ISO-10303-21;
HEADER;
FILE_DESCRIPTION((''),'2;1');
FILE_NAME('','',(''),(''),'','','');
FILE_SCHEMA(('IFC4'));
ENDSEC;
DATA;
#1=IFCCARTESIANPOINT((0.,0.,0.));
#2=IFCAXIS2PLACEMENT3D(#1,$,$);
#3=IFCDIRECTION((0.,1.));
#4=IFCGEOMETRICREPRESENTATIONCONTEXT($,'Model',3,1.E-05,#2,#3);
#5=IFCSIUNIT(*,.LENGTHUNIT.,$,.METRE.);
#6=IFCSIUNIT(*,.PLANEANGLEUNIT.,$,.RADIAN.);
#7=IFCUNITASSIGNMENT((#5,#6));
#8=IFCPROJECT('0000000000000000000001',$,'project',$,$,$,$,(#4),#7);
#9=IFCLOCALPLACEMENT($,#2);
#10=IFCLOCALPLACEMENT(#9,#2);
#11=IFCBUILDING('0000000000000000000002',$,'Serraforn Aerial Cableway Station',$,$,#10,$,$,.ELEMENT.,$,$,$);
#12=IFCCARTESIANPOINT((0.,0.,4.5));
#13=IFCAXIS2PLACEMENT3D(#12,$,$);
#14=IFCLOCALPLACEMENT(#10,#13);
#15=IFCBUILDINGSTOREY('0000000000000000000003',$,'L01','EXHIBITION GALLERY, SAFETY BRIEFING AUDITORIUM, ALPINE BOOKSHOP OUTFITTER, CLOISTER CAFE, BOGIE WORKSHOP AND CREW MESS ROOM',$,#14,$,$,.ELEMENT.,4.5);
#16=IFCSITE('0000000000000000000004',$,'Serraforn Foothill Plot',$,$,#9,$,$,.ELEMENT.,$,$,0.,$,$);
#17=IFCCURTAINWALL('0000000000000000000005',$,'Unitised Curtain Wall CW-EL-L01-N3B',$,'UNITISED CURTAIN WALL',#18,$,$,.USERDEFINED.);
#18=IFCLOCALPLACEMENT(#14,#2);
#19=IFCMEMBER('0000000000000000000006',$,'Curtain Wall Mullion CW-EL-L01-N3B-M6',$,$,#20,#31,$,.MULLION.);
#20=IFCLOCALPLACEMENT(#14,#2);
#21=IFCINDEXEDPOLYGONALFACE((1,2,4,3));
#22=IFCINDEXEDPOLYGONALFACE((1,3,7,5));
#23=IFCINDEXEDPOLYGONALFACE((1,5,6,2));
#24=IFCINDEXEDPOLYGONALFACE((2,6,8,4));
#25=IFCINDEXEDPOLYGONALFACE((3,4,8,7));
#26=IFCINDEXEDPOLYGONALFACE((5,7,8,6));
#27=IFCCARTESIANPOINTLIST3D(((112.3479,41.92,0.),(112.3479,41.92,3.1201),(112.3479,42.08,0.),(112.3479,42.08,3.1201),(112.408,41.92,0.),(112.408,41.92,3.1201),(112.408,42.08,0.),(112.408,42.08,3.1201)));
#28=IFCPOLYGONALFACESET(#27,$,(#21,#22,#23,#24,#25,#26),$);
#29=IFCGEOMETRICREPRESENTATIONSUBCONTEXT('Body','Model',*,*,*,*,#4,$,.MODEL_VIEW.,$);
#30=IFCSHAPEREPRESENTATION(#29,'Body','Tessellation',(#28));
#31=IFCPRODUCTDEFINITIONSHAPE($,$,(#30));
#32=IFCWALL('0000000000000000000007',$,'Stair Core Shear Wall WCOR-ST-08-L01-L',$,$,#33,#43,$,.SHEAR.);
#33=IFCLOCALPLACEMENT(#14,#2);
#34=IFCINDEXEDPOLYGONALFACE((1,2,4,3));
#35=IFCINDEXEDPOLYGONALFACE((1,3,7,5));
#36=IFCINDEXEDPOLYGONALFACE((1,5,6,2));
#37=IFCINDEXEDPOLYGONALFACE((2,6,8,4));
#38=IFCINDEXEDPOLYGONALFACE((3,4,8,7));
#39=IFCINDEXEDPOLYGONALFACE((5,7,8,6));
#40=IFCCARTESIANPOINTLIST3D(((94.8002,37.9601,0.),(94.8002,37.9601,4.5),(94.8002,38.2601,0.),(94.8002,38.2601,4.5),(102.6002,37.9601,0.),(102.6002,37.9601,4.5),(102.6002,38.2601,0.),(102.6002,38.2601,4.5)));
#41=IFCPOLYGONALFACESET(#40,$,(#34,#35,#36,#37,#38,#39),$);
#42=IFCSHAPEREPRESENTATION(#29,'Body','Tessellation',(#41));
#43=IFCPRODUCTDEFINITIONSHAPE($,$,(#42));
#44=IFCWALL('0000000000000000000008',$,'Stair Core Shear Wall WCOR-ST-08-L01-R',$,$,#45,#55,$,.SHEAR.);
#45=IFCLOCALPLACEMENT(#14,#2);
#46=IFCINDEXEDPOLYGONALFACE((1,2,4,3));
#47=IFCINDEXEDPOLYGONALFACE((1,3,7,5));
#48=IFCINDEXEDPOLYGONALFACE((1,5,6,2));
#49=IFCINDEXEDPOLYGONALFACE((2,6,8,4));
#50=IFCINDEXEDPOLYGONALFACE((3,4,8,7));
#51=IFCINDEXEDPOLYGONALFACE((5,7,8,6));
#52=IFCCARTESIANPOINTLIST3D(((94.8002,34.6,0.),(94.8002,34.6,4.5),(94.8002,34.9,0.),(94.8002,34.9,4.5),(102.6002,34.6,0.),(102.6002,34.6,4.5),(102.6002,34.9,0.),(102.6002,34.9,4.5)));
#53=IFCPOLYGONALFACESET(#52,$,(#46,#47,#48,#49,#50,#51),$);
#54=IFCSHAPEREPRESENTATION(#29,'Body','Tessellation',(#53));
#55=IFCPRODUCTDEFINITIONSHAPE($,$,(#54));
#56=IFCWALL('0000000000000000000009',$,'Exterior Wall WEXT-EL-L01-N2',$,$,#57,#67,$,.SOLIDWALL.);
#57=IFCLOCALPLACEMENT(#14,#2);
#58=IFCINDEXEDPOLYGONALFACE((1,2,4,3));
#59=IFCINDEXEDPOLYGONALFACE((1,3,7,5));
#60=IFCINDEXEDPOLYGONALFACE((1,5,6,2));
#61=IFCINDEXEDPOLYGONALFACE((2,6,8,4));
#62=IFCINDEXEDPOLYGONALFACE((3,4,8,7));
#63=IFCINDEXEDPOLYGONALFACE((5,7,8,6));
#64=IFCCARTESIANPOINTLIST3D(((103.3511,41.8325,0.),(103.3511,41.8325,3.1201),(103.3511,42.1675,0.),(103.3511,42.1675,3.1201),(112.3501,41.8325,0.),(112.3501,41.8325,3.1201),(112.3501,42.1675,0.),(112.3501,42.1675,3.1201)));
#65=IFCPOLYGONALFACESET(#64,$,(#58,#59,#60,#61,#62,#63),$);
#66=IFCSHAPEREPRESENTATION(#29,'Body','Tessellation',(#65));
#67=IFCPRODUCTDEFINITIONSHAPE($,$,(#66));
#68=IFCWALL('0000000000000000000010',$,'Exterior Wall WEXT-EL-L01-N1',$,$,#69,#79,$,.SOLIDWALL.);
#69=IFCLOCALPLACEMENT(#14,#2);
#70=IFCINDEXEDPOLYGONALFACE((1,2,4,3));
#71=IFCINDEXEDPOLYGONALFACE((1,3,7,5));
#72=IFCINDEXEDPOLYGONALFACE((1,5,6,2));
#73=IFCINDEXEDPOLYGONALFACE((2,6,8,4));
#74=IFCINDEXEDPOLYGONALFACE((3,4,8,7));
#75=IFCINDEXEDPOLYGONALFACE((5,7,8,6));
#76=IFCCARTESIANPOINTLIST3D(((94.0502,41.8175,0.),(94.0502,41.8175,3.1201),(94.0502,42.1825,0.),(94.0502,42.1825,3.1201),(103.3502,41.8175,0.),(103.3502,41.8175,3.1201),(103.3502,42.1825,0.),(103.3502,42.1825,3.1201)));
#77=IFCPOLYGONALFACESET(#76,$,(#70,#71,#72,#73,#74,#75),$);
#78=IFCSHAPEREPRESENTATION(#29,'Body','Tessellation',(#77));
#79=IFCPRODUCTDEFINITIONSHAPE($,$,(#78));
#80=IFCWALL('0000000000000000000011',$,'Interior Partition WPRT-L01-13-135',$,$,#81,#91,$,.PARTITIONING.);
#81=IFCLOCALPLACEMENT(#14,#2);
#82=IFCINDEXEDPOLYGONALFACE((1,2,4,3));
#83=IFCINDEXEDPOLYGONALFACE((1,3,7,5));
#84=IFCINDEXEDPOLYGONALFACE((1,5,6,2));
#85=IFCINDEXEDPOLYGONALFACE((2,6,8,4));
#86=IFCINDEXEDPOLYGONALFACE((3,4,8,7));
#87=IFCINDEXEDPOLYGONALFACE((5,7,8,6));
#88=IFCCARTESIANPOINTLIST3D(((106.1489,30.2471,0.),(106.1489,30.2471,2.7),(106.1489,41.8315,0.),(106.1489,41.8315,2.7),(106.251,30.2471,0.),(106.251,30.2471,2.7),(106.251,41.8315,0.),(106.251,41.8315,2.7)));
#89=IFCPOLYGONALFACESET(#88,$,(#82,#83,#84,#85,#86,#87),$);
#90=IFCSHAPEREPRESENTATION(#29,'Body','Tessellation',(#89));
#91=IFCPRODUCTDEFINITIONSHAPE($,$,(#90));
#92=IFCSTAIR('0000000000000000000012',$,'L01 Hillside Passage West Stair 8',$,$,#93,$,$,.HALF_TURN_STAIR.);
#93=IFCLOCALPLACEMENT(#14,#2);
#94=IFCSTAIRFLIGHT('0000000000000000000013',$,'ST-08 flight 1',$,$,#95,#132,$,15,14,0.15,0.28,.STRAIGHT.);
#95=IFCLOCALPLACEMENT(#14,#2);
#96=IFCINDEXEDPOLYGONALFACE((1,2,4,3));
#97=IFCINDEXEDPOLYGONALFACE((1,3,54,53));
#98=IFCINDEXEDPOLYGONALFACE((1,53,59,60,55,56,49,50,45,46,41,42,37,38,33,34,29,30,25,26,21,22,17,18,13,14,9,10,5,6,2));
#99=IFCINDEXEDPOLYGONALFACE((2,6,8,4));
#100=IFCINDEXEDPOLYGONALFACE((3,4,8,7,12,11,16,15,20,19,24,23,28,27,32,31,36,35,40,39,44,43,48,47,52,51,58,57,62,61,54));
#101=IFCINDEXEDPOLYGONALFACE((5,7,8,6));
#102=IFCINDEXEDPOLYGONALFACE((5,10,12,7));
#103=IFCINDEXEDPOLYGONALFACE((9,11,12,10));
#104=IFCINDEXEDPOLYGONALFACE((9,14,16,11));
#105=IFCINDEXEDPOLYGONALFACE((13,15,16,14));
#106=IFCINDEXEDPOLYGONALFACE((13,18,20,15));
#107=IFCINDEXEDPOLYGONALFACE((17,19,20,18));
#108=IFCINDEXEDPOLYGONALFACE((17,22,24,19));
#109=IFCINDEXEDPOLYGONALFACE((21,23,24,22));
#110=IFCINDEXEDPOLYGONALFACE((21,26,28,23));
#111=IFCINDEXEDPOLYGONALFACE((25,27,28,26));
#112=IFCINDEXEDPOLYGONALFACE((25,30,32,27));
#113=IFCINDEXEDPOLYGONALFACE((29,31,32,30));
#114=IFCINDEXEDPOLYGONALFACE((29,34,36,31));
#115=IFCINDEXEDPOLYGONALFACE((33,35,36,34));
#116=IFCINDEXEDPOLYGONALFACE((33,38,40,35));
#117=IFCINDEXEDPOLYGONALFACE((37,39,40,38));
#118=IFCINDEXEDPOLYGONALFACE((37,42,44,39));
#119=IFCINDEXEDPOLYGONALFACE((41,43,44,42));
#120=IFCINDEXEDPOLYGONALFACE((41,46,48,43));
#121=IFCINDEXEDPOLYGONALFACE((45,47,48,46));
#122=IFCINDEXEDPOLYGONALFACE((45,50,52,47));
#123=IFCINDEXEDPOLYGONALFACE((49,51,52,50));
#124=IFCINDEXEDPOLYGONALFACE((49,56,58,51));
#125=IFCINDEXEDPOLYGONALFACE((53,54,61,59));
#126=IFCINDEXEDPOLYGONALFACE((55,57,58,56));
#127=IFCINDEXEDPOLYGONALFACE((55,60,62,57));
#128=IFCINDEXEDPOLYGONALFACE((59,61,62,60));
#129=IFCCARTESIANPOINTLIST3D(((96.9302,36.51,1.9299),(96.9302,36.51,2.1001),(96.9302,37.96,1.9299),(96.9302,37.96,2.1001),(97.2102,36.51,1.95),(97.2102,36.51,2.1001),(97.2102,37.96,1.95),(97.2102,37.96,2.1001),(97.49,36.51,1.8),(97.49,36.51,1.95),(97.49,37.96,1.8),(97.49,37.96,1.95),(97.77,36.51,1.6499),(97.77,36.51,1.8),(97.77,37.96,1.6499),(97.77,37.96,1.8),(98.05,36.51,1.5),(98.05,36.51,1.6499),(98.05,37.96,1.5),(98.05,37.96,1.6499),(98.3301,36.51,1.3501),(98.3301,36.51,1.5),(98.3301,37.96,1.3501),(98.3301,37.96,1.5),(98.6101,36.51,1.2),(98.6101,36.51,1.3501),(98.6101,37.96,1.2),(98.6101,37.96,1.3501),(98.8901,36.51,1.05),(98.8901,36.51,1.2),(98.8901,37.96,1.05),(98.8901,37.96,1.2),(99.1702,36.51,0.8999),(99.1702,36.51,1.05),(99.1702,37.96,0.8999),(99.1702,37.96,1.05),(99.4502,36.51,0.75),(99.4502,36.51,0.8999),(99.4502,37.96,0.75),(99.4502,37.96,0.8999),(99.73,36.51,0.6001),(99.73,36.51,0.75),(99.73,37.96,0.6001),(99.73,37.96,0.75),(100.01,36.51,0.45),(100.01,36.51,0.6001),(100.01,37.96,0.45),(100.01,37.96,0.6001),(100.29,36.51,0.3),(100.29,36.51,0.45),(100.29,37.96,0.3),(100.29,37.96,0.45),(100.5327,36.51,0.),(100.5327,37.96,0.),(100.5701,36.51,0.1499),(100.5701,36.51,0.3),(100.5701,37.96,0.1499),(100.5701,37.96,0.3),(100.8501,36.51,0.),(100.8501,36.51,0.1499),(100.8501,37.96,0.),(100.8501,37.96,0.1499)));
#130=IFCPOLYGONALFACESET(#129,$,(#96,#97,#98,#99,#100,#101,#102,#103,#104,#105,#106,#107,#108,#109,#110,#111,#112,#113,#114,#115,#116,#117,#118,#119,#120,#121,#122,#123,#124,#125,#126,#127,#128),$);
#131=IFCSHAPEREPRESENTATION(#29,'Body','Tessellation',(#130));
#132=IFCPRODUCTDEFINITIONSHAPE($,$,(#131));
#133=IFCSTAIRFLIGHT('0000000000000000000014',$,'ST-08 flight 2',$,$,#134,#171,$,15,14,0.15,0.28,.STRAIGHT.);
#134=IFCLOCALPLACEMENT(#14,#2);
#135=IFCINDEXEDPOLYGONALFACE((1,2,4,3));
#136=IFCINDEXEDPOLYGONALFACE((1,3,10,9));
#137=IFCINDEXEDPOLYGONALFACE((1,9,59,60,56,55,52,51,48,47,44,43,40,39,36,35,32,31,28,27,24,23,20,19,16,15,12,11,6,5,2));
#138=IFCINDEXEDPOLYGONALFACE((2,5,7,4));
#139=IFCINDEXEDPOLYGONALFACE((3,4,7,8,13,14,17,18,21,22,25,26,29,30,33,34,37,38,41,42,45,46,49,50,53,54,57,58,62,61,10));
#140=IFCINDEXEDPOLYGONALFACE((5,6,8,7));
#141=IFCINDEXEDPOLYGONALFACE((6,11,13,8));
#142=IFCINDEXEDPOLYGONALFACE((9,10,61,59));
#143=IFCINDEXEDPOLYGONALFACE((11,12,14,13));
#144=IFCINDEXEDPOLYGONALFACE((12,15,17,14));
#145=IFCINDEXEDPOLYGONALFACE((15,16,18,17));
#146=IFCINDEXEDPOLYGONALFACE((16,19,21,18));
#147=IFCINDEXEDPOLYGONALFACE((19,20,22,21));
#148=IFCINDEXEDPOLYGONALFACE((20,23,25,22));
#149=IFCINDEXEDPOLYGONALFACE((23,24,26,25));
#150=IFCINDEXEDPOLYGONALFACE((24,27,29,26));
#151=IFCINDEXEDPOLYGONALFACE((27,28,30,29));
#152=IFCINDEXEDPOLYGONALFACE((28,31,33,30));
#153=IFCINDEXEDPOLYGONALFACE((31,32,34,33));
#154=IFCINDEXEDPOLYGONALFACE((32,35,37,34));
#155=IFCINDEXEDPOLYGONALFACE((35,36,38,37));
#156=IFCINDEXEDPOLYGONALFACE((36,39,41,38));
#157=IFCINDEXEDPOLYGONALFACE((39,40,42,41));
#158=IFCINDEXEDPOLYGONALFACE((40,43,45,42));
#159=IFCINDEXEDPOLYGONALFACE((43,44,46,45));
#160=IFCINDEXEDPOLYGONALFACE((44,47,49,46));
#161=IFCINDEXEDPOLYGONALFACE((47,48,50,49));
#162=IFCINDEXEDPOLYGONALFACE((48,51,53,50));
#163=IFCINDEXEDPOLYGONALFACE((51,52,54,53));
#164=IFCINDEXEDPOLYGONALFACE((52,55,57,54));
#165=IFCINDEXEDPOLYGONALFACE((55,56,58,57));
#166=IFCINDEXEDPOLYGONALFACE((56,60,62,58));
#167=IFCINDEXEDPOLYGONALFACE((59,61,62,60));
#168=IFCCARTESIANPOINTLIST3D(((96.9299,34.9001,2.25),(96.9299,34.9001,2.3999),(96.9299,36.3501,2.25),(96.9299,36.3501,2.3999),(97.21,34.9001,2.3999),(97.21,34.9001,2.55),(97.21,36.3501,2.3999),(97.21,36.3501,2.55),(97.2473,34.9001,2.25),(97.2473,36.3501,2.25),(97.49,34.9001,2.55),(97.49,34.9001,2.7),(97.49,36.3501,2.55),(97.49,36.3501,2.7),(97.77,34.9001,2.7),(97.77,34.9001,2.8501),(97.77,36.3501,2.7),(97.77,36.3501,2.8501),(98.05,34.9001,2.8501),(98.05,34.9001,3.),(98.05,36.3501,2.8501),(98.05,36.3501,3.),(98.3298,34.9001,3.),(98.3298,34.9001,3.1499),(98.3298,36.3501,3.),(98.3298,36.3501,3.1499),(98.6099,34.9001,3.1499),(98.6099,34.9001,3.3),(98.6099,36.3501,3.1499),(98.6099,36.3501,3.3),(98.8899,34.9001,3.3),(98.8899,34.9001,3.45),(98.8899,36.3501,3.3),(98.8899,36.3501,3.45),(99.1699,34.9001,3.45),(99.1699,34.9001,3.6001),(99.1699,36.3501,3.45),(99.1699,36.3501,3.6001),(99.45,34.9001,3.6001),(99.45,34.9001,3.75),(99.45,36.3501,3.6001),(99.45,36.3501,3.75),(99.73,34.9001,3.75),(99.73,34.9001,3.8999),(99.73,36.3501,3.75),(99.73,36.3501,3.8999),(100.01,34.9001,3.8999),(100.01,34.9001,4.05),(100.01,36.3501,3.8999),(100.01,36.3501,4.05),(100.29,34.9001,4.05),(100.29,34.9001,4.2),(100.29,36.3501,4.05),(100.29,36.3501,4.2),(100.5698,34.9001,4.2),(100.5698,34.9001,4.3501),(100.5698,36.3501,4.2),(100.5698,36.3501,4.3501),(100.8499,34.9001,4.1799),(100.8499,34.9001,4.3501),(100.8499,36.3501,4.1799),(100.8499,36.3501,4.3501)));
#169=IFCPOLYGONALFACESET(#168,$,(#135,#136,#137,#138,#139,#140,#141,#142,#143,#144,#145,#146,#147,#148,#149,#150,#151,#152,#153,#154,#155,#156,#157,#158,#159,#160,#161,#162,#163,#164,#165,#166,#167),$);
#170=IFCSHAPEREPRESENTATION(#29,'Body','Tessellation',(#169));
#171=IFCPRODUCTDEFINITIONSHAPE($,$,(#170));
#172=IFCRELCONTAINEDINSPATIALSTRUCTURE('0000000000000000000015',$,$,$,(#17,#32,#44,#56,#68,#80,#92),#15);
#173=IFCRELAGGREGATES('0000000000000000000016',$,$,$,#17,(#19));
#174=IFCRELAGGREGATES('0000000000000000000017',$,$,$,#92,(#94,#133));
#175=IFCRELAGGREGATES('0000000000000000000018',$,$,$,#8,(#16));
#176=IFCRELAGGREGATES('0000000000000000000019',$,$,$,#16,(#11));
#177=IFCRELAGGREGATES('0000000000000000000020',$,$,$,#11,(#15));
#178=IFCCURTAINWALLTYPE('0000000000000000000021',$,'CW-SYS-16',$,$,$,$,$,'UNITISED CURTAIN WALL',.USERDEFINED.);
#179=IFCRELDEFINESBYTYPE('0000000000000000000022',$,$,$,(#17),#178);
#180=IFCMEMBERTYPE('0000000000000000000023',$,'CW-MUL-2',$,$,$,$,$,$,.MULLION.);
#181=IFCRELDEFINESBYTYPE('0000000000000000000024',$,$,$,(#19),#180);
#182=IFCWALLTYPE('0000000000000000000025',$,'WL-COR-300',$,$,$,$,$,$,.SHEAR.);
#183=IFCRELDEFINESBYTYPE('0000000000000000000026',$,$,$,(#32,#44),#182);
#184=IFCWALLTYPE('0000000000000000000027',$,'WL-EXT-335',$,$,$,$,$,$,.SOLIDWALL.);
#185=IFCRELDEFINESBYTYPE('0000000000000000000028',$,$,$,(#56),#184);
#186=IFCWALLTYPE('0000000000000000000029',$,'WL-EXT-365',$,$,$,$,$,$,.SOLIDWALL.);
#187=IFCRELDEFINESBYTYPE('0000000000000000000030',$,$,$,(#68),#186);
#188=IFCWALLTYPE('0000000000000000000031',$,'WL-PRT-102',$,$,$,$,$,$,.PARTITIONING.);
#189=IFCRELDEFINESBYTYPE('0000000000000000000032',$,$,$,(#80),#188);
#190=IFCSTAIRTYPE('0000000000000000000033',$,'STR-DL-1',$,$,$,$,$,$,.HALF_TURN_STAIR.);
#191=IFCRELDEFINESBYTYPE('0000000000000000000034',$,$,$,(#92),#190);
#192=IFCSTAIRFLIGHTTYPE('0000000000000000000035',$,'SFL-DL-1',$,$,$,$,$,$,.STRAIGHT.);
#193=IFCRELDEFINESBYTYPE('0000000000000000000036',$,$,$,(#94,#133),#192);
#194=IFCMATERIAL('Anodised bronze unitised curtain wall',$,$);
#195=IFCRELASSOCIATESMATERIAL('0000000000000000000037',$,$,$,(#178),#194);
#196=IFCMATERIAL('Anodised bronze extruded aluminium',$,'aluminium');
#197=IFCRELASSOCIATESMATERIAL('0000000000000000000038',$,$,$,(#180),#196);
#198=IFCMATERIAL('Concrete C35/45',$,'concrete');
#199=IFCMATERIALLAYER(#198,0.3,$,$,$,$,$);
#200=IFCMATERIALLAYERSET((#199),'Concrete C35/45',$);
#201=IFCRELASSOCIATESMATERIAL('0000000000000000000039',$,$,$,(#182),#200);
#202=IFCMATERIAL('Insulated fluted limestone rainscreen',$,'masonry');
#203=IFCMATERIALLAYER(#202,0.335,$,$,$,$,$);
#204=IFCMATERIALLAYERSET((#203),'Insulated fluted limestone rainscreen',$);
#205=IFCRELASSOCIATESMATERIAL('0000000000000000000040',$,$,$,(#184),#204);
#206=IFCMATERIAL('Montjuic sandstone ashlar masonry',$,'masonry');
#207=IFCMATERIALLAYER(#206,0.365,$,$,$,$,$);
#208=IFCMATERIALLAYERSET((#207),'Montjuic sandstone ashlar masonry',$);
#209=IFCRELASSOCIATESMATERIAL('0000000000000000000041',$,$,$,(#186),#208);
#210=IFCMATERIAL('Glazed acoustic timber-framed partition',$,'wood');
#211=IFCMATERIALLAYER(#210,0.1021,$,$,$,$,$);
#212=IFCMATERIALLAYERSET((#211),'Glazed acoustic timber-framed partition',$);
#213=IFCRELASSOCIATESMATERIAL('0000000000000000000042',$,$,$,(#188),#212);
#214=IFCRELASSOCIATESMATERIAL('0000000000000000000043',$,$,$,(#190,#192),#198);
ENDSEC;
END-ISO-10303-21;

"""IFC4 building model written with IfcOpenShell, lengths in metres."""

from ifc_helpers import new_model, si_unit, direction, frame, frame_2d, origin, origin_2d, place, context, subcontext, project, spatial, polyline, rectangle, outline, extrude, material, layer, layer_set, material_profile, profile_set, type_object, element, aggregate, save


model = new_model("IFC4")

# Units and contexts
model_context = context("Model", 3, precision=1e-05, world=origin(), true_north=direction((0.0, 1.0)))
body_context = subcontext(model_context, "Body", "Model", "MODEL_VIEW")
ifc_project = project(units=[si_unit("LENGTHUNIT", "METRE"), si_unit("PLANEANGLEUNIT", "RADIAN")], contexts=[model_context])

# Site, building, storey
site_placement = place(None, origin())
site = spatial("IfcSite", under=ifc_project, at=site_placement, Name="Serraforn Foothill Plot", CompositionType="ELEMENT", RefElevation=0.0)
building_placement = place(site_placement, origin())
building = spatial("IfcBuilding", under=site, at=building_placement, Name="Serraforn Aerial Cableway Station", CompositionType="ELEMENT")
storey_placement = place(building_placement, frame((0.0, 0.0, 4.5)))
storey = spatial("IfcBuildingStorey", under=building, at=storey_placement, Name="L01", Description="EXHIBITION GALLERY, SAFETY BRIEFING AUDITORIUM, ALPINE BOOKSHOP OUTFITTER, CLOISTER CAFE, BOGIE WORKSHOP AND CREW MESS ROOM", CompositionType="ELEMENT", Elevation=4.5)

# Shared definitions
ifc_material_1 = material(Name="Concrete C35/45", Category="concrete")

# Curtain wall, member
ifc_material_2 = material(Name="Anodised bronze unitised curtain wall")
curtain_wall_type = type_object("IfcCurtainWallType", Name="CW-SYS-16", ElementType="UNITISED CURTAIN WALL", PredefinedType="USERDEFINED", material=ifc_material_2)
curtain_wall_placement = place(storey_placement, origin())
curtain_wall = element("IfcCurtainWall", 1, at=curtain_wall_placement, inside=storey, type_object=curtain_wall_type, Name="Unitised Curtain Wall CW-EL-L01-N3B", ObjectType="UNITISED CURTAIN WALL", PredefinedType="USERDEFINED")
ifc_material_3 = material(Name="Anodised bronze extruded aluminium", Category="aluminium")
ifc_material_profile_1 = material_profile(ifc_material_3, rectangle(XDim=0.0601, YDim=0.1599, at=origin_2d()), Name="CW MULLION 60x160")
ifc_profile_set_1 = profile_set([ifc_material_profile_1], Name="Anodised bronze extruded aluminium")
member_type = type_object("IfcMemberType", Name="CW-MUL-2", PredefinedType="MULLION", material=ifc_profile_set_1)
member_placement = place(storey_placement, frame((112.3779, 42.0, 0.0), z_axis=(0.0, 0.0, 1.0), x_axis=(-1.0, 0.0, 0.0)))
member = element("IfcMember", 2, at=member_placement, type_object=member_type, Name="Curtain Wall Mullion CW-EL-L01-N3B-M6", PredefinedType="MULLION", context=body_context, shape_type="SweptSolid", body=[
    extrude(rectangle(XDim=0.0601, YDim=0.1599, at=origin_2d()), origin(), (0.0, 0.0, 1.0), 3.1201),
])
aggregate(curtain_wall, [member])

# Shared definitions
ifc_layer_1 = layer(ifc_material_1, 0.3)
ifc_layer_set_1 = layer_set([ifc_layer_1], Name="Concrete C35/45")
wall_type_1 = type_object("IfcWallType", Name="WL-COR-300", PredefinedType="SHEAR", material=ifc_layer_set_1)

# Walls
for number, where, z_axis, x_axis, name in (
    (3, (102.6001, 38.1101, 0.0), (0.0, 0.0, 1.0), (-1.0, 0.0, 0.0), "Stair Core Shear Wall WCOR-ST-08-L01-L"),
    (4, (102.6001, 34.75, 0.0), (0.0, 0.0, 1.0), (-1.0, 0.0, 0.0), "Stair Core Shear Wall WCOR-ST-08-L01-R"),
):
    element("IfcWall", number, at=place(storey_placement, frame(where, z_axis=z_axis, x_axis=x_axis)), inside=storey, type_object=wall_type_1, Name=name, PredefinedType="SHEAR", context=body_context, shape_type="SweptSolid", body=[
        extrude(rectangle(XDim=7.8, YDim=0.3, at=frame_2d((3.8999, 0.0))), origin(), (0.0, 0.0, 1.0), 4.5),
    ])
ifc_material_4 = material(Name="Insulated fluted limestone rainscreen", Category="masonry")
ifc_layer_2 = layer(ifc_material_4, 0.335)
ifc_layer_set_2 = layer_set([ifc_layer_2], Name="Insulated fluted limestone rainscreen")
wall_type_2 = type_object("IfcWallType", Name="WL-EXT-335", PredefinedType="SOLIDWALL", material=ifc_layer_set_2)
wall_1_placement = place(storey_placement, frame((112.3501, 42.0, 0.0), z_axis=(0.0, 0.0, 1.0), x_axis=(-1.0, 0.0, 0.0)))
element("IfcWall", 5, at=wall_1_placement, inside=storey, type_object=wall_type_2, Name="Exterior Wall WEXT-EL-L01-N2", PredefinedType="SOLIDWALL", context=body_context, shape_type="SweptSolid", body=[
    extrude(rectangle(XDim=8.999, YDim=0.335, at=frame_2d((4.4995, 0.0))), origin(), (0.0, 0.0, 1.0), 3.1201),
])
ifc_material_5 = material(Name="Montjuic sandstone ashlar masonry", Category="masonry")
ifc_layer_3 = layer(ifc_material_5, 0.365)
ifc_layer_set_3 = layer_set([ifc_layer_3], Name="Montjuic sandstone ashlar masonry")
wall_type_3 = type_object("IfcWallType", Name="WL-EXT-365", PredefinedType="SOLIDWALL", material=ifc_layer_set_3)
wall_2_placement = place(storey_placement, frame((103.3501, 42.0, 0.0), z_axis=(0.0, 0.0, 1.0), x_axis=(-1.0, 0.0, 0.0)))
element("IfcWall", 6, at=wall_2_placement, inside=storey, type_object=wall_type_3, Name="Exterior Wall WEXT-EL-L01-N1", PredefinedType="SOLIDWALL", context=body_context, shape_type="SweptSolid", body=[
    extrude(rectangle(XDim=9.3, YDim=0.365, at=frame_2d((4.6499, 0.0))), origin(), (0.0, 0.0, 1.0), 3.1201),
])
ifc_material_6 = material(Name="Glazed acoustic timber-framed partition", Category="wood")
ifc_layer_4 = layer(ifc_material_6, 0.1021)
ifc_layer_set_4 = layer_set([ifc_layer_4], Name="Glazed acoustic timber-framed partition")
wall_type_4 = type_object("IfcWallType", Name="WL-PRT-102", PredefinedType="PARTITIONING", material=ifc_layer_set_4)
wall_3_placement = place(storey_placement, frame((106.2, 30.2471, 0.0), z_axis=(0.0, 0.0, 1.0), x_axis=(0.0, 1.0, 0.0)))
element("IfcWall", 7, at=wall_3_placement, inside=storey, type_object=wall_type_4, Name="Interior Partition WPRT-L01-13-135", PredefinedType="PARTITIONING", context=body_context, shape_type="SweptSolid", body=[
    extrude(rectangle(XDim=11.5845, YDim=0.1021, at=frame_2d((5.7922, 0.0))), origin(), (0.0, 0.0, 1.0), 2.7),
])

# Stair, stair flights
stair_type = type_object("IfcStairType", Name="STR-DL-1", PredefinedType="HALF_TURN_STAIR", material=ifc_material_1)
stair_placement = place(storey_placement, origin())
stair = element("IfcStair", 8, at=stair_placement, inside=storey, type_object=stair_type, Name="L01 Hillside Passage West Stair 8", PredefinedType="HALF_TURN_STAIR")
stair_flight_type = type_object("IfcStairFlightType", Name="SFL-DL-1", PredefinedType="STRAIGHT", material=ifc_material_1)
stair_flight_1_placement = place(storey_placement, frame((100.8501, 37.2351, 0.0), z_axis=(0.0, 0.0, 1.0), x_axis=(-1.0, 0.0, 0.0)))
stair_flight_1 = element("IfcStairFlight", 9, at=stair_flight_1_placement, type_object=stair_flight_type, Name="ST-08 flight 1", NumberOfRisers=15, NumberOfTreads=14, PredefinedType="STRAIGHT", RiserHeight=0.15, TreadLength=0.28, context=body_context, shape_type="SweptSolid", body=[
    extrude(outline(polyline([(0.0, 0.0), (0.0, 0.1499), (0.28, 0.1499), (0.28, 0.3), (0.5601, 0.3), (0.5601, 0.45), (0.8401, 0.45), (0.8401, 0.6001), (1.1201, 0.6001), (1.1201, 0.75), (1.3999, 0.75), (1.3999, 0.8999), (1.6799, 0.8999), (1.6799, 1.05), (1.96, 1.05), (1.96, 1.2), (2.24, 1.2), (2.24, 1.3501), (2.52, 1.3501), (2.52, 1.5), (2.8, 1.5), (2.8, 1.6499), (3.0801, 1.6499), (3.0801, 1.8), (3.3601, 1.8), (3.3601, 1.95), (3.6399, 1.95), (3.6399, 2.1001), (3.9199, 2.1001), (3.9199, 2.25), (3.9199, 1.9299), (0.3174, 0.0), (0.0, 0.0)])), frame((0.0, 0.7251, 0.0), z_axis=(0.0, -1.0, 0.0), x_axis=(1.0, 0.0, 0.0)), (0.0, 0.0, 1.0), 1.45),
])
stair_flight_2_placement = place(storey_placement, frame((96.9299, 35.625, 2.25), z_axis=(0.0, 0.0, 1.0), x_axis=(1.0, 0.0, 0.0)))
stair_flight_2 = element("IfcStairFlight", 10, at=stair_flight_2_placement, type_object=stair_flight_type, Name="ST-08 flight 2", NumberOfRisers=15, NumberOfTreads=14, PredefinedType="STRAIGHT", RiserHeight=0.15, TreadLength=0.28, context=body_context, shape_type="SweptSolid", body=[
    extrude(outline(polyline([(0.0, 0.0), (0.0, 0.1499), (0.28, 0.1499), (0.28, 0.3), (0.5601, 0.3), (0.5601, 0.45), (0.8401, 0.45), (0.8401, 0.6001), (1.1201, 0.6001), (1.1201, 0.75), (1.3999, 0.75), (1.3999, 0.8999), (1.6799, 0.8999), (1.6799, 1.05), (1.96, 1.05), (1.96, 1.2), (2.24, 1.2), (2.24, 1.3501), (2.52, 1.3501), (2.52, 1.5), (2.8, 1.5), (2.8, 1.6499), (3.0801, 1.6499), (3.0801, 1.8), (3.3601, 1.8), (3.3601, 1.95), (3.6399, 1.95), (3.6399, 2.1001), (3.9199, 2.1001), (3.9199, 2.25), (3.9199, 1.9299), (0.3174, 0.0), (0.0, 0.0)])), frame((0.0, 0.7251, 0.0), z_axis=(0.0, -1.0, 0.0), x_axis=(1.0, 0.0, 0.0)), (0.0, 0.0, 1.0), 1.45),
])
aggregate(stair, [stair_flight_1, stair_flight_2])

save(model, "model.ifc")
